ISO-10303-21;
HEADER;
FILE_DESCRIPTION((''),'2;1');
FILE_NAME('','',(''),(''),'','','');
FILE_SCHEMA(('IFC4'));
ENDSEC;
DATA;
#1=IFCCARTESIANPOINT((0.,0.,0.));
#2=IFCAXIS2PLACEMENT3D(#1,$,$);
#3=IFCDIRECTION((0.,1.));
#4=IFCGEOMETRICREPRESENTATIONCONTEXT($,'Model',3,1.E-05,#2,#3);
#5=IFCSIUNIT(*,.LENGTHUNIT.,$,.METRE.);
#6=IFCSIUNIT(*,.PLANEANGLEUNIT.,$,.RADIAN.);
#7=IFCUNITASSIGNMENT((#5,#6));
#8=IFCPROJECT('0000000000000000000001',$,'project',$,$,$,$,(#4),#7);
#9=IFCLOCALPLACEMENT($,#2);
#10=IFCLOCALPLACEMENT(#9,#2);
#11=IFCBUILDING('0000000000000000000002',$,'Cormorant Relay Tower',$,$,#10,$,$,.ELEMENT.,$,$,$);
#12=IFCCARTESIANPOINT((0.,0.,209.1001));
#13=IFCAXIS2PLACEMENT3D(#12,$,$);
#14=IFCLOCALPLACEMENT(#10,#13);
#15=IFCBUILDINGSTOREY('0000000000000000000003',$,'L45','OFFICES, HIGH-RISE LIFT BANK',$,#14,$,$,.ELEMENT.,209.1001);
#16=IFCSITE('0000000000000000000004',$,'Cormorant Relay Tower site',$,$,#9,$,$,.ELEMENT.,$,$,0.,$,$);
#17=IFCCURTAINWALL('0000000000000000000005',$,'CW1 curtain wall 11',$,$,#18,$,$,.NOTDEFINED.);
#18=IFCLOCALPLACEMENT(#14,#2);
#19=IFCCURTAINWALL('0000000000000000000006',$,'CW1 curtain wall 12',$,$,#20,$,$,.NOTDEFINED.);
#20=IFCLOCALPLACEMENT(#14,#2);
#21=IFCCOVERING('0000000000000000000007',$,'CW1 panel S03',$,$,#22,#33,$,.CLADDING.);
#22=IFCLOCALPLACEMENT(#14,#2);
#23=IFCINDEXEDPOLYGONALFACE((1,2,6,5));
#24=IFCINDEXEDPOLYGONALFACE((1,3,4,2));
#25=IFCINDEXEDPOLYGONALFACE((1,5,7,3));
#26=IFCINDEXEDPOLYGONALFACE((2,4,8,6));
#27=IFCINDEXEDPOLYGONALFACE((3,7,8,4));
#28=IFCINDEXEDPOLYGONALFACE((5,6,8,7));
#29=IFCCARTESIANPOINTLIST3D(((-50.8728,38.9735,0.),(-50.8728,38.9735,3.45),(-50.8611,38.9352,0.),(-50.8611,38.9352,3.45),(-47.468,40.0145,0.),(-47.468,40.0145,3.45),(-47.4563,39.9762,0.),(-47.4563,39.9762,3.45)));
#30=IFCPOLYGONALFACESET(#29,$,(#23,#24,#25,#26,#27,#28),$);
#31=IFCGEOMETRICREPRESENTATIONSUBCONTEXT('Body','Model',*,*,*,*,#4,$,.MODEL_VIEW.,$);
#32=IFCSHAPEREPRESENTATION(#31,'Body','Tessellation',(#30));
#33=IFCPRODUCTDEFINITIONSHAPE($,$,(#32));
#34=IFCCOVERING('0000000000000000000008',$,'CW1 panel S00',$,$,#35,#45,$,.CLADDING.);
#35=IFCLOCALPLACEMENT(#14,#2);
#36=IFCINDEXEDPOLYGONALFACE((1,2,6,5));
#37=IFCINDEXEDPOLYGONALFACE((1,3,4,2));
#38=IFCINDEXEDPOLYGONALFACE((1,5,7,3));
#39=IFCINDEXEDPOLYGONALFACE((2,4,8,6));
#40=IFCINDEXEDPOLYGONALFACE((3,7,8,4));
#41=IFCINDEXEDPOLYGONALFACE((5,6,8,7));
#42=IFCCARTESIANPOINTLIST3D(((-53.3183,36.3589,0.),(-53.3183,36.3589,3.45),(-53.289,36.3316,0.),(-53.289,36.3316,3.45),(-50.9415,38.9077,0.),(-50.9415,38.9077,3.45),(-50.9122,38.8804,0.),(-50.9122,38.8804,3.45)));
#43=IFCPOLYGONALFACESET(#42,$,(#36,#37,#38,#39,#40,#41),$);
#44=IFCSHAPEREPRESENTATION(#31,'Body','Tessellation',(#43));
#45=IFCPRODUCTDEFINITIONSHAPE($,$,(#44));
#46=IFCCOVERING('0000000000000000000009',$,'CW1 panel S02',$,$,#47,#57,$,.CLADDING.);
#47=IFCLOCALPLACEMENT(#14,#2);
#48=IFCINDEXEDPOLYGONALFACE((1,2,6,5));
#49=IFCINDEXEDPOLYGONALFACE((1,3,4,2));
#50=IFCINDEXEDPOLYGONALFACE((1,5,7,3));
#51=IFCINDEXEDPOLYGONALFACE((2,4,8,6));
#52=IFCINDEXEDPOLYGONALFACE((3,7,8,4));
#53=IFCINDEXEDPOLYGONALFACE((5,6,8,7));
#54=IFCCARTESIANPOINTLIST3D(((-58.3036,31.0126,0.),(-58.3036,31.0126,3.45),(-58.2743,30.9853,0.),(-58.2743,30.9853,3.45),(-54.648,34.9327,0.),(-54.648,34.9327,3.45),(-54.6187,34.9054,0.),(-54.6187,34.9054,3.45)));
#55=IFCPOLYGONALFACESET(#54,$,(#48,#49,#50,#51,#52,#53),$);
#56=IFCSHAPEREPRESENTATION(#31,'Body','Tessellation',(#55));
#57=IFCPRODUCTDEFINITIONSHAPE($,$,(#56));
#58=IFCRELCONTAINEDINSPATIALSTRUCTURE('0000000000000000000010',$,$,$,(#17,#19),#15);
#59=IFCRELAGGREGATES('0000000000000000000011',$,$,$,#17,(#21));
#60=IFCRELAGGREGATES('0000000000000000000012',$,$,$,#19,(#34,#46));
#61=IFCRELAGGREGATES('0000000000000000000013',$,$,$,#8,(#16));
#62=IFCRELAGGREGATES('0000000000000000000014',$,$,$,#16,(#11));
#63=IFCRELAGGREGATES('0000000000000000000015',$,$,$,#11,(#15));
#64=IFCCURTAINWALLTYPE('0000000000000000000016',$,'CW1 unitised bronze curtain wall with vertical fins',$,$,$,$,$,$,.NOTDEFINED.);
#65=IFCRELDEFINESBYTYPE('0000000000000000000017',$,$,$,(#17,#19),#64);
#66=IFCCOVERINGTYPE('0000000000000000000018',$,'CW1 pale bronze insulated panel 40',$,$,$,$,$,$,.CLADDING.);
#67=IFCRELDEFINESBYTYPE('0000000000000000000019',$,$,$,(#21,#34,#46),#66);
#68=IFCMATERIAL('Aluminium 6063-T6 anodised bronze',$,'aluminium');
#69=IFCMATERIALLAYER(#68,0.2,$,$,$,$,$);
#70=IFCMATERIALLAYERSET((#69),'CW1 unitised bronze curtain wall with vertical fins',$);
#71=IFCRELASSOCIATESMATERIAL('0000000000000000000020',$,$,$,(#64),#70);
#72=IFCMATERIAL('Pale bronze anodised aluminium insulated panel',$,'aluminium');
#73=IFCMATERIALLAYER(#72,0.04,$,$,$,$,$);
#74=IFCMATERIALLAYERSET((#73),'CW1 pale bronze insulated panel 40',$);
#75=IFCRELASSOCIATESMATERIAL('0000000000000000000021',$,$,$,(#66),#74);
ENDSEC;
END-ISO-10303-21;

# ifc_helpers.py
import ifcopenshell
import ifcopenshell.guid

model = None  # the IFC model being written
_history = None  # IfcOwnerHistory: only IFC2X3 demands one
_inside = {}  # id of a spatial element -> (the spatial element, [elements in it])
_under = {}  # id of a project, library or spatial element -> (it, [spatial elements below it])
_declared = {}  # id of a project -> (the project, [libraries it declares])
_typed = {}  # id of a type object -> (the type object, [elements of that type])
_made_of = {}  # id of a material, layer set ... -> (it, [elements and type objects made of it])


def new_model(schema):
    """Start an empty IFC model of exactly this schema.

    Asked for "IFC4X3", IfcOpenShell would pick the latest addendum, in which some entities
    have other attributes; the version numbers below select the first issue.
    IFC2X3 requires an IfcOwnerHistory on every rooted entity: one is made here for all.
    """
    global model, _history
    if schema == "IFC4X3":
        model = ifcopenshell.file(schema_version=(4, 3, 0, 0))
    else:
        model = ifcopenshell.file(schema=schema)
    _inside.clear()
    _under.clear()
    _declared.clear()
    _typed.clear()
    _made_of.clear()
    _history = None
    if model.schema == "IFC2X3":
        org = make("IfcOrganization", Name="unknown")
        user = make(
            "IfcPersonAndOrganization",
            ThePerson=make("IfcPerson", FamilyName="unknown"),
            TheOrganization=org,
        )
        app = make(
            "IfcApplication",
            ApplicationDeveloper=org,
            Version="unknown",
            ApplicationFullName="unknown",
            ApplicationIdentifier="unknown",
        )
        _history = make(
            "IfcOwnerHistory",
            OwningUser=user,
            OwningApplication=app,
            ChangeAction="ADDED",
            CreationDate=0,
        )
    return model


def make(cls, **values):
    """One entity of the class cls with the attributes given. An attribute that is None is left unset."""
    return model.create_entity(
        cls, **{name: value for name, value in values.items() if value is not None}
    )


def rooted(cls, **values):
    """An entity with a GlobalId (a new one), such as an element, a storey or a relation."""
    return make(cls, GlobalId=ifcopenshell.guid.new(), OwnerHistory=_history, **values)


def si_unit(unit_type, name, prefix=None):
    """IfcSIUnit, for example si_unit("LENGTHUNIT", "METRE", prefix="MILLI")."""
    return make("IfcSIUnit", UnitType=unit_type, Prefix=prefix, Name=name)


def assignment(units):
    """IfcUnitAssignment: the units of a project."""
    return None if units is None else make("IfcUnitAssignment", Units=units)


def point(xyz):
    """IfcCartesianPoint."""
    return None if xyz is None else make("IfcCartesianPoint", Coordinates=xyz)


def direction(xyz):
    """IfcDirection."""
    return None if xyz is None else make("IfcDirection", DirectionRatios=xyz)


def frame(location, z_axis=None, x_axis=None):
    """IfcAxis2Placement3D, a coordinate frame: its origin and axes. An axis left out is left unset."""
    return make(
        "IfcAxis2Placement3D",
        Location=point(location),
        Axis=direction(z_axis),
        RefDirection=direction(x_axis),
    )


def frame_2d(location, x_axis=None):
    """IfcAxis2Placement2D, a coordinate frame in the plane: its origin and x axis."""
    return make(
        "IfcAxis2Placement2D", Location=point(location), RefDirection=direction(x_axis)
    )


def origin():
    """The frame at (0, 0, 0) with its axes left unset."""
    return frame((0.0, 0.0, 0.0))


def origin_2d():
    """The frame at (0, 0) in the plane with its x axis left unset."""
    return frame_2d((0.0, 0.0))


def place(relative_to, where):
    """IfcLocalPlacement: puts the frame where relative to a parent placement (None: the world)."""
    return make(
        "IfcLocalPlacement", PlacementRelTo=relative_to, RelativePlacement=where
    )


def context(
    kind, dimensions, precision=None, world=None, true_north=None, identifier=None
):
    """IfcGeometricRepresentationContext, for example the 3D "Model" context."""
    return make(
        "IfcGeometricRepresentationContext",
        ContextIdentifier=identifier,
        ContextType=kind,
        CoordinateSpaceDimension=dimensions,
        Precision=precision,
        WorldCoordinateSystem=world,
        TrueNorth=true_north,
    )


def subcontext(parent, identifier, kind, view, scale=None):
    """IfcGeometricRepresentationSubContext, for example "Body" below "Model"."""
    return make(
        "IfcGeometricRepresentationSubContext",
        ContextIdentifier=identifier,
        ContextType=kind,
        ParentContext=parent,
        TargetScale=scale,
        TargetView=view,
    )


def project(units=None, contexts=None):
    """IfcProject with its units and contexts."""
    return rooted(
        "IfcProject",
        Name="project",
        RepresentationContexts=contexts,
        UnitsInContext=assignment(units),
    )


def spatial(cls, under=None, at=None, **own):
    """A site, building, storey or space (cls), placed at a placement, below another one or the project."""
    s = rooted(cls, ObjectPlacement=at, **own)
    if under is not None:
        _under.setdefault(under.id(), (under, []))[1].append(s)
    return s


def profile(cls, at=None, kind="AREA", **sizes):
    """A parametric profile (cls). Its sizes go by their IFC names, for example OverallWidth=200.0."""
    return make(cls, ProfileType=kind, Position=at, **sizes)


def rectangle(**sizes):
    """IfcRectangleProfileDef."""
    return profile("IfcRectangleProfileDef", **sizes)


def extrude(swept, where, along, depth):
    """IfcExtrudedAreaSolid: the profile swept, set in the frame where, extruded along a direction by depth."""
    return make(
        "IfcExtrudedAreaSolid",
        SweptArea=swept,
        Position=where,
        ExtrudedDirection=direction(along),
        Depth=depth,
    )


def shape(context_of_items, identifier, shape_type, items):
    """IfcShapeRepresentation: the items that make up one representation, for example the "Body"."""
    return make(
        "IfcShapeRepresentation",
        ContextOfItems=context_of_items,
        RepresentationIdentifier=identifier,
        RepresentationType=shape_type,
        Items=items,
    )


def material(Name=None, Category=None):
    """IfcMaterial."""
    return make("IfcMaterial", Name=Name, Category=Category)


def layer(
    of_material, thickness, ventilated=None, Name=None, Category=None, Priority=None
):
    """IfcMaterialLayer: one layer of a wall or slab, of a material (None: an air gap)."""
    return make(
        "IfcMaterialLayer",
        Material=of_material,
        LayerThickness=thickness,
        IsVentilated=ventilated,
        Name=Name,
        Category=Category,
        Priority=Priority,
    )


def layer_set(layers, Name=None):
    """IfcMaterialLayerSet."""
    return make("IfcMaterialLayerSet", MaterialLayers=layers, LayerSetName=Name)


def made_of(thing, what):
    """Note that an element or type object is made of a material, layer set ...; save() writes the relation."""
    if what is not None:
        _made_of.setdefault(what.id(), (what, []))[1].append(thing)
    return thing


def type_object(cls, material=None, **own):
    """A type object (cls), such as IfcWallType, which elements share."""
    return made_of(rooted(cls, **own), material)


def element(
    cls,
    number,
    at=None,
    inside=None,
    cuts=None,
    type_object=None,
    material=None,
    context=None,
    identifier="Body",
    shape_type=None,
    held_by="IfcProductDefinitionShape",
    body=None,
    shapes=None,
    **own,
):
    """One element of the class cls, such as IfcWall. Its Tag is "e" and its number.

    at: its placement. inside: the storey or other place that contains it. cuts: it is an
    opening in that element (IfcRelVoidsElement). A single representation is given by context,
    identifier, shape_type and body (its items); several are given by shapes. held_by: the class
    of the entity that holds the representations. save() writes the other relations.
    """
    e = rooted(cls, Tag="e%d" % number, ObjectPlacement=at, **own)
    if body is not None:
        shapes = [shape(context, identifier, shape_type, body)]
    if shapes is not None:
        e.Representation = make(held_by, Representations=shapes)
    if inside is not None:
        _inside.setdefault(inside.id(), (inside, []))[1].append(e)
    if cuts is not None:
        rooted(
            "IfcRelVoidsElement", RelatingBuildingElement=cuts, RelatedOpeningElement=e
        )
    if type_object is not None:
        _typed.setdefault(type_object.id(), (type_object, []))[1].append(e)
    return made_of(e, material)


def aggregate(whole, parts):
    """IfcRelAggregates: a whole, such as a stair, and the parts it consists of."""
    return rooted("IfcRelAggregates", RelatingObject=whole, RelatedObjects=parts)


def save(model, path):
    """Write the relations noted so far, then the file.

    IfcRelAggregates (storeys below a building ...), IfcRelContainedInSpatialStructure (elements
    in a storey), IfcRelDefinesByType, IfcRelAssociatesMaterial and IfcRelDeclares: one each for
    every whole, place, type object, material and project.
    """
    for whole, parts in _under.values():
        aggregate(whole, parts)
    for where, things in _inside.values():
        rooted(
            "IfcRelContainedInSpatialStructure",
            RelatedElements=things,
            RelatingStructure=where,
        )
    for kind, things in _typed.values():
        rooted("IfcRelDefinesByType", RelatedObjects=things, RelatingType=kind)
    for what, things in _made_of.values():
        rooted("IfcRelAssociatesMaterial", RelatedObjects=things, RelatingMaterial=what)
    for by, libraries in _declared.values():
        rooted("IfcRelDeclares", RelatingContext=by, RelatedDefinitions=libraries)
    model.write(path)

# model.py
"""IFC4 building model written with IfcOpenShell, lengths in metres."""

from ifc_helpers import new_model, si_unit, direction, frame, origin, origin_2d, place, context, subcontext, project, spatial, rectangle, extrude, material, layer, layer_set, type_object, element, aggregate, save


model = new_model("IFC4")

# Units and contexts
model_context = context("Model", 3, precision=1e-05, world=origin(), true_north=direction((0.0, 1.0)))
body_context = subcontext(model_context, "Body", "Model", "MODEL_VIEW")
ifc_project = project(units=[si_unit("LENGTHUNIT", "METRE"), si_unit("PLANEANGLEUNIT", "RADIAN")], contexts=[model_context])

# Site, building, storey
site_placement = place(None, origin())
site = spatial("IfcSite", under=ifc_project, at=site_placement, Name="Cormorant Relay Tower site", CompositionType="ELEMENT", RefElevation=0.0)
building_placement = place(site_placement, origin())
building = spatial("IfcBuilding", under=site, at=building_placement, Name="Cormorant Relay Tower", CompositionType="ELEMENT")
storey_placement = place(building_placement, frame((0.0, 0.0, 209.1001)))
storey = spatial("IfcBuildingStorey", under=building, at=storey_placement, Name="L45", Description="OFFICES, HIGH-RISE LIFT BANK", CompositionType="ELEMENT", Elevation=209.1001)

# Shared definitions
ifc_material_1 = material(Name="Aluminium 6063-T6 anodised bronze", Category="aluminium")
ifc_layer_1 = layer(ifc_material_1, 0.2)
ifc_layer_set_1 = layer_set([ifc_layer_1], Name="CW1 unitised bronze curtain wall with vertical fins")
curtain_wall_type = type_object("IfcCurtainWallType", Name="CW1 unitised bronze curtain wall with vertical fins", PredefinedType="NOTDEFINED", material=ifc_layer_set_1)

# Curtain walls
curtain_wall_1_placement = place(storey_placement, origin())
curtain_wall_1 = element("IfcCurtainWall", 1, at=curtain_wall_1_placement, inside=storey, type_object=curtain_wall_type, Name="CW1 curtain wall 11", PredefinedType="NOTDEFINED")
curtain_wall_2_placement = place(storey_placement, origin())
curtain_wall_2 = element("IfcCurtainWall", 2, at=curtain_wall_2_placement, inside=storey, type_object=curtain_wall_type, Name="CW1 curtain wall 12", PredefinedType="NOTDEFINED")

# Coverings
ifc_material_2 = material(Name="Pale bronze anodised aluminium insulated panel", Category="aluminium")
ifc_layer_2 = layer(ifc_material_2, 0.04)
ifc_layer_set_2 = layer_set([ifc_layer_2], Name="CW1 pale bronze insulated panel 40")
covering_type = type_object("IfcCoveringType", Name="CW1 pale bronze insulated panel 40", PredefinedType="CLADDING", material=ifc_layer_set_2)
covering_1_placement = place(storey_placement, frame((-49.1646, 39.4749, 0.0), z_axis=(0.0, 0.0, 1.0), x_axis=(-0.956305, -0.292372, 0.0)))
covering_1 = element("IfcCovering", 3, at=covering_1_placement, type_object=covering_type, Name="CW1 panel S03", PredefinedType="CLADDING", context=body_context, shape_type="SweptSolid", body=[
    extrude(rectangle(XDim=3.5603, YDim=0.04, at=origin_2d()), origin(), (0.0, 0.0, 1.0), 3.45),
])
aggregate(curtain_wall_1, [covering_1])
covering_2_placement = place(storey_placement, frame((-52.1152, 37.6196, 0.0), z_axis=(0.0, 0.0, 1.0), x_axis=(-0.681998, -0.731354, 0.0)))
covering_2 = element("IfcCovering", 4, at=covering_2_placement, type_object=covering_type, Name="CW1 panel S00", PredefinedType="CLADDING", context=body_context, shape_type="SweptSolid", body=[
    extrude(rectangle(XDim=3.4851, YDim=0.04, at=origin_2d()), origin(), (0.0, 0.0, 1.0), 3.45),
])
covering_3_placement = place(storey_placement, frame((-56.4612, 32.959, 0.0), z_axis=(0.0, 0.0, 1.0), x_axis=(-0.681998, -0.731354, 0.0)))
covering_3 = element("IfcCovering", 5, at=covering_3_placement, type_object=covering_type, Name="CW1 panel S02", PredefinedType="CLADDING", context=body_context, shape_type="SweptSolid", body=[
    extrude(rectangle(XDim=5.3601, YDim=0.04, at=origin_2d()), origin(), (0.0, 0.0, 1.0), 3.45),
])
aggregate(curtain_wall_2, [covering_2, covering_3])

save(model, "model.ifc")
